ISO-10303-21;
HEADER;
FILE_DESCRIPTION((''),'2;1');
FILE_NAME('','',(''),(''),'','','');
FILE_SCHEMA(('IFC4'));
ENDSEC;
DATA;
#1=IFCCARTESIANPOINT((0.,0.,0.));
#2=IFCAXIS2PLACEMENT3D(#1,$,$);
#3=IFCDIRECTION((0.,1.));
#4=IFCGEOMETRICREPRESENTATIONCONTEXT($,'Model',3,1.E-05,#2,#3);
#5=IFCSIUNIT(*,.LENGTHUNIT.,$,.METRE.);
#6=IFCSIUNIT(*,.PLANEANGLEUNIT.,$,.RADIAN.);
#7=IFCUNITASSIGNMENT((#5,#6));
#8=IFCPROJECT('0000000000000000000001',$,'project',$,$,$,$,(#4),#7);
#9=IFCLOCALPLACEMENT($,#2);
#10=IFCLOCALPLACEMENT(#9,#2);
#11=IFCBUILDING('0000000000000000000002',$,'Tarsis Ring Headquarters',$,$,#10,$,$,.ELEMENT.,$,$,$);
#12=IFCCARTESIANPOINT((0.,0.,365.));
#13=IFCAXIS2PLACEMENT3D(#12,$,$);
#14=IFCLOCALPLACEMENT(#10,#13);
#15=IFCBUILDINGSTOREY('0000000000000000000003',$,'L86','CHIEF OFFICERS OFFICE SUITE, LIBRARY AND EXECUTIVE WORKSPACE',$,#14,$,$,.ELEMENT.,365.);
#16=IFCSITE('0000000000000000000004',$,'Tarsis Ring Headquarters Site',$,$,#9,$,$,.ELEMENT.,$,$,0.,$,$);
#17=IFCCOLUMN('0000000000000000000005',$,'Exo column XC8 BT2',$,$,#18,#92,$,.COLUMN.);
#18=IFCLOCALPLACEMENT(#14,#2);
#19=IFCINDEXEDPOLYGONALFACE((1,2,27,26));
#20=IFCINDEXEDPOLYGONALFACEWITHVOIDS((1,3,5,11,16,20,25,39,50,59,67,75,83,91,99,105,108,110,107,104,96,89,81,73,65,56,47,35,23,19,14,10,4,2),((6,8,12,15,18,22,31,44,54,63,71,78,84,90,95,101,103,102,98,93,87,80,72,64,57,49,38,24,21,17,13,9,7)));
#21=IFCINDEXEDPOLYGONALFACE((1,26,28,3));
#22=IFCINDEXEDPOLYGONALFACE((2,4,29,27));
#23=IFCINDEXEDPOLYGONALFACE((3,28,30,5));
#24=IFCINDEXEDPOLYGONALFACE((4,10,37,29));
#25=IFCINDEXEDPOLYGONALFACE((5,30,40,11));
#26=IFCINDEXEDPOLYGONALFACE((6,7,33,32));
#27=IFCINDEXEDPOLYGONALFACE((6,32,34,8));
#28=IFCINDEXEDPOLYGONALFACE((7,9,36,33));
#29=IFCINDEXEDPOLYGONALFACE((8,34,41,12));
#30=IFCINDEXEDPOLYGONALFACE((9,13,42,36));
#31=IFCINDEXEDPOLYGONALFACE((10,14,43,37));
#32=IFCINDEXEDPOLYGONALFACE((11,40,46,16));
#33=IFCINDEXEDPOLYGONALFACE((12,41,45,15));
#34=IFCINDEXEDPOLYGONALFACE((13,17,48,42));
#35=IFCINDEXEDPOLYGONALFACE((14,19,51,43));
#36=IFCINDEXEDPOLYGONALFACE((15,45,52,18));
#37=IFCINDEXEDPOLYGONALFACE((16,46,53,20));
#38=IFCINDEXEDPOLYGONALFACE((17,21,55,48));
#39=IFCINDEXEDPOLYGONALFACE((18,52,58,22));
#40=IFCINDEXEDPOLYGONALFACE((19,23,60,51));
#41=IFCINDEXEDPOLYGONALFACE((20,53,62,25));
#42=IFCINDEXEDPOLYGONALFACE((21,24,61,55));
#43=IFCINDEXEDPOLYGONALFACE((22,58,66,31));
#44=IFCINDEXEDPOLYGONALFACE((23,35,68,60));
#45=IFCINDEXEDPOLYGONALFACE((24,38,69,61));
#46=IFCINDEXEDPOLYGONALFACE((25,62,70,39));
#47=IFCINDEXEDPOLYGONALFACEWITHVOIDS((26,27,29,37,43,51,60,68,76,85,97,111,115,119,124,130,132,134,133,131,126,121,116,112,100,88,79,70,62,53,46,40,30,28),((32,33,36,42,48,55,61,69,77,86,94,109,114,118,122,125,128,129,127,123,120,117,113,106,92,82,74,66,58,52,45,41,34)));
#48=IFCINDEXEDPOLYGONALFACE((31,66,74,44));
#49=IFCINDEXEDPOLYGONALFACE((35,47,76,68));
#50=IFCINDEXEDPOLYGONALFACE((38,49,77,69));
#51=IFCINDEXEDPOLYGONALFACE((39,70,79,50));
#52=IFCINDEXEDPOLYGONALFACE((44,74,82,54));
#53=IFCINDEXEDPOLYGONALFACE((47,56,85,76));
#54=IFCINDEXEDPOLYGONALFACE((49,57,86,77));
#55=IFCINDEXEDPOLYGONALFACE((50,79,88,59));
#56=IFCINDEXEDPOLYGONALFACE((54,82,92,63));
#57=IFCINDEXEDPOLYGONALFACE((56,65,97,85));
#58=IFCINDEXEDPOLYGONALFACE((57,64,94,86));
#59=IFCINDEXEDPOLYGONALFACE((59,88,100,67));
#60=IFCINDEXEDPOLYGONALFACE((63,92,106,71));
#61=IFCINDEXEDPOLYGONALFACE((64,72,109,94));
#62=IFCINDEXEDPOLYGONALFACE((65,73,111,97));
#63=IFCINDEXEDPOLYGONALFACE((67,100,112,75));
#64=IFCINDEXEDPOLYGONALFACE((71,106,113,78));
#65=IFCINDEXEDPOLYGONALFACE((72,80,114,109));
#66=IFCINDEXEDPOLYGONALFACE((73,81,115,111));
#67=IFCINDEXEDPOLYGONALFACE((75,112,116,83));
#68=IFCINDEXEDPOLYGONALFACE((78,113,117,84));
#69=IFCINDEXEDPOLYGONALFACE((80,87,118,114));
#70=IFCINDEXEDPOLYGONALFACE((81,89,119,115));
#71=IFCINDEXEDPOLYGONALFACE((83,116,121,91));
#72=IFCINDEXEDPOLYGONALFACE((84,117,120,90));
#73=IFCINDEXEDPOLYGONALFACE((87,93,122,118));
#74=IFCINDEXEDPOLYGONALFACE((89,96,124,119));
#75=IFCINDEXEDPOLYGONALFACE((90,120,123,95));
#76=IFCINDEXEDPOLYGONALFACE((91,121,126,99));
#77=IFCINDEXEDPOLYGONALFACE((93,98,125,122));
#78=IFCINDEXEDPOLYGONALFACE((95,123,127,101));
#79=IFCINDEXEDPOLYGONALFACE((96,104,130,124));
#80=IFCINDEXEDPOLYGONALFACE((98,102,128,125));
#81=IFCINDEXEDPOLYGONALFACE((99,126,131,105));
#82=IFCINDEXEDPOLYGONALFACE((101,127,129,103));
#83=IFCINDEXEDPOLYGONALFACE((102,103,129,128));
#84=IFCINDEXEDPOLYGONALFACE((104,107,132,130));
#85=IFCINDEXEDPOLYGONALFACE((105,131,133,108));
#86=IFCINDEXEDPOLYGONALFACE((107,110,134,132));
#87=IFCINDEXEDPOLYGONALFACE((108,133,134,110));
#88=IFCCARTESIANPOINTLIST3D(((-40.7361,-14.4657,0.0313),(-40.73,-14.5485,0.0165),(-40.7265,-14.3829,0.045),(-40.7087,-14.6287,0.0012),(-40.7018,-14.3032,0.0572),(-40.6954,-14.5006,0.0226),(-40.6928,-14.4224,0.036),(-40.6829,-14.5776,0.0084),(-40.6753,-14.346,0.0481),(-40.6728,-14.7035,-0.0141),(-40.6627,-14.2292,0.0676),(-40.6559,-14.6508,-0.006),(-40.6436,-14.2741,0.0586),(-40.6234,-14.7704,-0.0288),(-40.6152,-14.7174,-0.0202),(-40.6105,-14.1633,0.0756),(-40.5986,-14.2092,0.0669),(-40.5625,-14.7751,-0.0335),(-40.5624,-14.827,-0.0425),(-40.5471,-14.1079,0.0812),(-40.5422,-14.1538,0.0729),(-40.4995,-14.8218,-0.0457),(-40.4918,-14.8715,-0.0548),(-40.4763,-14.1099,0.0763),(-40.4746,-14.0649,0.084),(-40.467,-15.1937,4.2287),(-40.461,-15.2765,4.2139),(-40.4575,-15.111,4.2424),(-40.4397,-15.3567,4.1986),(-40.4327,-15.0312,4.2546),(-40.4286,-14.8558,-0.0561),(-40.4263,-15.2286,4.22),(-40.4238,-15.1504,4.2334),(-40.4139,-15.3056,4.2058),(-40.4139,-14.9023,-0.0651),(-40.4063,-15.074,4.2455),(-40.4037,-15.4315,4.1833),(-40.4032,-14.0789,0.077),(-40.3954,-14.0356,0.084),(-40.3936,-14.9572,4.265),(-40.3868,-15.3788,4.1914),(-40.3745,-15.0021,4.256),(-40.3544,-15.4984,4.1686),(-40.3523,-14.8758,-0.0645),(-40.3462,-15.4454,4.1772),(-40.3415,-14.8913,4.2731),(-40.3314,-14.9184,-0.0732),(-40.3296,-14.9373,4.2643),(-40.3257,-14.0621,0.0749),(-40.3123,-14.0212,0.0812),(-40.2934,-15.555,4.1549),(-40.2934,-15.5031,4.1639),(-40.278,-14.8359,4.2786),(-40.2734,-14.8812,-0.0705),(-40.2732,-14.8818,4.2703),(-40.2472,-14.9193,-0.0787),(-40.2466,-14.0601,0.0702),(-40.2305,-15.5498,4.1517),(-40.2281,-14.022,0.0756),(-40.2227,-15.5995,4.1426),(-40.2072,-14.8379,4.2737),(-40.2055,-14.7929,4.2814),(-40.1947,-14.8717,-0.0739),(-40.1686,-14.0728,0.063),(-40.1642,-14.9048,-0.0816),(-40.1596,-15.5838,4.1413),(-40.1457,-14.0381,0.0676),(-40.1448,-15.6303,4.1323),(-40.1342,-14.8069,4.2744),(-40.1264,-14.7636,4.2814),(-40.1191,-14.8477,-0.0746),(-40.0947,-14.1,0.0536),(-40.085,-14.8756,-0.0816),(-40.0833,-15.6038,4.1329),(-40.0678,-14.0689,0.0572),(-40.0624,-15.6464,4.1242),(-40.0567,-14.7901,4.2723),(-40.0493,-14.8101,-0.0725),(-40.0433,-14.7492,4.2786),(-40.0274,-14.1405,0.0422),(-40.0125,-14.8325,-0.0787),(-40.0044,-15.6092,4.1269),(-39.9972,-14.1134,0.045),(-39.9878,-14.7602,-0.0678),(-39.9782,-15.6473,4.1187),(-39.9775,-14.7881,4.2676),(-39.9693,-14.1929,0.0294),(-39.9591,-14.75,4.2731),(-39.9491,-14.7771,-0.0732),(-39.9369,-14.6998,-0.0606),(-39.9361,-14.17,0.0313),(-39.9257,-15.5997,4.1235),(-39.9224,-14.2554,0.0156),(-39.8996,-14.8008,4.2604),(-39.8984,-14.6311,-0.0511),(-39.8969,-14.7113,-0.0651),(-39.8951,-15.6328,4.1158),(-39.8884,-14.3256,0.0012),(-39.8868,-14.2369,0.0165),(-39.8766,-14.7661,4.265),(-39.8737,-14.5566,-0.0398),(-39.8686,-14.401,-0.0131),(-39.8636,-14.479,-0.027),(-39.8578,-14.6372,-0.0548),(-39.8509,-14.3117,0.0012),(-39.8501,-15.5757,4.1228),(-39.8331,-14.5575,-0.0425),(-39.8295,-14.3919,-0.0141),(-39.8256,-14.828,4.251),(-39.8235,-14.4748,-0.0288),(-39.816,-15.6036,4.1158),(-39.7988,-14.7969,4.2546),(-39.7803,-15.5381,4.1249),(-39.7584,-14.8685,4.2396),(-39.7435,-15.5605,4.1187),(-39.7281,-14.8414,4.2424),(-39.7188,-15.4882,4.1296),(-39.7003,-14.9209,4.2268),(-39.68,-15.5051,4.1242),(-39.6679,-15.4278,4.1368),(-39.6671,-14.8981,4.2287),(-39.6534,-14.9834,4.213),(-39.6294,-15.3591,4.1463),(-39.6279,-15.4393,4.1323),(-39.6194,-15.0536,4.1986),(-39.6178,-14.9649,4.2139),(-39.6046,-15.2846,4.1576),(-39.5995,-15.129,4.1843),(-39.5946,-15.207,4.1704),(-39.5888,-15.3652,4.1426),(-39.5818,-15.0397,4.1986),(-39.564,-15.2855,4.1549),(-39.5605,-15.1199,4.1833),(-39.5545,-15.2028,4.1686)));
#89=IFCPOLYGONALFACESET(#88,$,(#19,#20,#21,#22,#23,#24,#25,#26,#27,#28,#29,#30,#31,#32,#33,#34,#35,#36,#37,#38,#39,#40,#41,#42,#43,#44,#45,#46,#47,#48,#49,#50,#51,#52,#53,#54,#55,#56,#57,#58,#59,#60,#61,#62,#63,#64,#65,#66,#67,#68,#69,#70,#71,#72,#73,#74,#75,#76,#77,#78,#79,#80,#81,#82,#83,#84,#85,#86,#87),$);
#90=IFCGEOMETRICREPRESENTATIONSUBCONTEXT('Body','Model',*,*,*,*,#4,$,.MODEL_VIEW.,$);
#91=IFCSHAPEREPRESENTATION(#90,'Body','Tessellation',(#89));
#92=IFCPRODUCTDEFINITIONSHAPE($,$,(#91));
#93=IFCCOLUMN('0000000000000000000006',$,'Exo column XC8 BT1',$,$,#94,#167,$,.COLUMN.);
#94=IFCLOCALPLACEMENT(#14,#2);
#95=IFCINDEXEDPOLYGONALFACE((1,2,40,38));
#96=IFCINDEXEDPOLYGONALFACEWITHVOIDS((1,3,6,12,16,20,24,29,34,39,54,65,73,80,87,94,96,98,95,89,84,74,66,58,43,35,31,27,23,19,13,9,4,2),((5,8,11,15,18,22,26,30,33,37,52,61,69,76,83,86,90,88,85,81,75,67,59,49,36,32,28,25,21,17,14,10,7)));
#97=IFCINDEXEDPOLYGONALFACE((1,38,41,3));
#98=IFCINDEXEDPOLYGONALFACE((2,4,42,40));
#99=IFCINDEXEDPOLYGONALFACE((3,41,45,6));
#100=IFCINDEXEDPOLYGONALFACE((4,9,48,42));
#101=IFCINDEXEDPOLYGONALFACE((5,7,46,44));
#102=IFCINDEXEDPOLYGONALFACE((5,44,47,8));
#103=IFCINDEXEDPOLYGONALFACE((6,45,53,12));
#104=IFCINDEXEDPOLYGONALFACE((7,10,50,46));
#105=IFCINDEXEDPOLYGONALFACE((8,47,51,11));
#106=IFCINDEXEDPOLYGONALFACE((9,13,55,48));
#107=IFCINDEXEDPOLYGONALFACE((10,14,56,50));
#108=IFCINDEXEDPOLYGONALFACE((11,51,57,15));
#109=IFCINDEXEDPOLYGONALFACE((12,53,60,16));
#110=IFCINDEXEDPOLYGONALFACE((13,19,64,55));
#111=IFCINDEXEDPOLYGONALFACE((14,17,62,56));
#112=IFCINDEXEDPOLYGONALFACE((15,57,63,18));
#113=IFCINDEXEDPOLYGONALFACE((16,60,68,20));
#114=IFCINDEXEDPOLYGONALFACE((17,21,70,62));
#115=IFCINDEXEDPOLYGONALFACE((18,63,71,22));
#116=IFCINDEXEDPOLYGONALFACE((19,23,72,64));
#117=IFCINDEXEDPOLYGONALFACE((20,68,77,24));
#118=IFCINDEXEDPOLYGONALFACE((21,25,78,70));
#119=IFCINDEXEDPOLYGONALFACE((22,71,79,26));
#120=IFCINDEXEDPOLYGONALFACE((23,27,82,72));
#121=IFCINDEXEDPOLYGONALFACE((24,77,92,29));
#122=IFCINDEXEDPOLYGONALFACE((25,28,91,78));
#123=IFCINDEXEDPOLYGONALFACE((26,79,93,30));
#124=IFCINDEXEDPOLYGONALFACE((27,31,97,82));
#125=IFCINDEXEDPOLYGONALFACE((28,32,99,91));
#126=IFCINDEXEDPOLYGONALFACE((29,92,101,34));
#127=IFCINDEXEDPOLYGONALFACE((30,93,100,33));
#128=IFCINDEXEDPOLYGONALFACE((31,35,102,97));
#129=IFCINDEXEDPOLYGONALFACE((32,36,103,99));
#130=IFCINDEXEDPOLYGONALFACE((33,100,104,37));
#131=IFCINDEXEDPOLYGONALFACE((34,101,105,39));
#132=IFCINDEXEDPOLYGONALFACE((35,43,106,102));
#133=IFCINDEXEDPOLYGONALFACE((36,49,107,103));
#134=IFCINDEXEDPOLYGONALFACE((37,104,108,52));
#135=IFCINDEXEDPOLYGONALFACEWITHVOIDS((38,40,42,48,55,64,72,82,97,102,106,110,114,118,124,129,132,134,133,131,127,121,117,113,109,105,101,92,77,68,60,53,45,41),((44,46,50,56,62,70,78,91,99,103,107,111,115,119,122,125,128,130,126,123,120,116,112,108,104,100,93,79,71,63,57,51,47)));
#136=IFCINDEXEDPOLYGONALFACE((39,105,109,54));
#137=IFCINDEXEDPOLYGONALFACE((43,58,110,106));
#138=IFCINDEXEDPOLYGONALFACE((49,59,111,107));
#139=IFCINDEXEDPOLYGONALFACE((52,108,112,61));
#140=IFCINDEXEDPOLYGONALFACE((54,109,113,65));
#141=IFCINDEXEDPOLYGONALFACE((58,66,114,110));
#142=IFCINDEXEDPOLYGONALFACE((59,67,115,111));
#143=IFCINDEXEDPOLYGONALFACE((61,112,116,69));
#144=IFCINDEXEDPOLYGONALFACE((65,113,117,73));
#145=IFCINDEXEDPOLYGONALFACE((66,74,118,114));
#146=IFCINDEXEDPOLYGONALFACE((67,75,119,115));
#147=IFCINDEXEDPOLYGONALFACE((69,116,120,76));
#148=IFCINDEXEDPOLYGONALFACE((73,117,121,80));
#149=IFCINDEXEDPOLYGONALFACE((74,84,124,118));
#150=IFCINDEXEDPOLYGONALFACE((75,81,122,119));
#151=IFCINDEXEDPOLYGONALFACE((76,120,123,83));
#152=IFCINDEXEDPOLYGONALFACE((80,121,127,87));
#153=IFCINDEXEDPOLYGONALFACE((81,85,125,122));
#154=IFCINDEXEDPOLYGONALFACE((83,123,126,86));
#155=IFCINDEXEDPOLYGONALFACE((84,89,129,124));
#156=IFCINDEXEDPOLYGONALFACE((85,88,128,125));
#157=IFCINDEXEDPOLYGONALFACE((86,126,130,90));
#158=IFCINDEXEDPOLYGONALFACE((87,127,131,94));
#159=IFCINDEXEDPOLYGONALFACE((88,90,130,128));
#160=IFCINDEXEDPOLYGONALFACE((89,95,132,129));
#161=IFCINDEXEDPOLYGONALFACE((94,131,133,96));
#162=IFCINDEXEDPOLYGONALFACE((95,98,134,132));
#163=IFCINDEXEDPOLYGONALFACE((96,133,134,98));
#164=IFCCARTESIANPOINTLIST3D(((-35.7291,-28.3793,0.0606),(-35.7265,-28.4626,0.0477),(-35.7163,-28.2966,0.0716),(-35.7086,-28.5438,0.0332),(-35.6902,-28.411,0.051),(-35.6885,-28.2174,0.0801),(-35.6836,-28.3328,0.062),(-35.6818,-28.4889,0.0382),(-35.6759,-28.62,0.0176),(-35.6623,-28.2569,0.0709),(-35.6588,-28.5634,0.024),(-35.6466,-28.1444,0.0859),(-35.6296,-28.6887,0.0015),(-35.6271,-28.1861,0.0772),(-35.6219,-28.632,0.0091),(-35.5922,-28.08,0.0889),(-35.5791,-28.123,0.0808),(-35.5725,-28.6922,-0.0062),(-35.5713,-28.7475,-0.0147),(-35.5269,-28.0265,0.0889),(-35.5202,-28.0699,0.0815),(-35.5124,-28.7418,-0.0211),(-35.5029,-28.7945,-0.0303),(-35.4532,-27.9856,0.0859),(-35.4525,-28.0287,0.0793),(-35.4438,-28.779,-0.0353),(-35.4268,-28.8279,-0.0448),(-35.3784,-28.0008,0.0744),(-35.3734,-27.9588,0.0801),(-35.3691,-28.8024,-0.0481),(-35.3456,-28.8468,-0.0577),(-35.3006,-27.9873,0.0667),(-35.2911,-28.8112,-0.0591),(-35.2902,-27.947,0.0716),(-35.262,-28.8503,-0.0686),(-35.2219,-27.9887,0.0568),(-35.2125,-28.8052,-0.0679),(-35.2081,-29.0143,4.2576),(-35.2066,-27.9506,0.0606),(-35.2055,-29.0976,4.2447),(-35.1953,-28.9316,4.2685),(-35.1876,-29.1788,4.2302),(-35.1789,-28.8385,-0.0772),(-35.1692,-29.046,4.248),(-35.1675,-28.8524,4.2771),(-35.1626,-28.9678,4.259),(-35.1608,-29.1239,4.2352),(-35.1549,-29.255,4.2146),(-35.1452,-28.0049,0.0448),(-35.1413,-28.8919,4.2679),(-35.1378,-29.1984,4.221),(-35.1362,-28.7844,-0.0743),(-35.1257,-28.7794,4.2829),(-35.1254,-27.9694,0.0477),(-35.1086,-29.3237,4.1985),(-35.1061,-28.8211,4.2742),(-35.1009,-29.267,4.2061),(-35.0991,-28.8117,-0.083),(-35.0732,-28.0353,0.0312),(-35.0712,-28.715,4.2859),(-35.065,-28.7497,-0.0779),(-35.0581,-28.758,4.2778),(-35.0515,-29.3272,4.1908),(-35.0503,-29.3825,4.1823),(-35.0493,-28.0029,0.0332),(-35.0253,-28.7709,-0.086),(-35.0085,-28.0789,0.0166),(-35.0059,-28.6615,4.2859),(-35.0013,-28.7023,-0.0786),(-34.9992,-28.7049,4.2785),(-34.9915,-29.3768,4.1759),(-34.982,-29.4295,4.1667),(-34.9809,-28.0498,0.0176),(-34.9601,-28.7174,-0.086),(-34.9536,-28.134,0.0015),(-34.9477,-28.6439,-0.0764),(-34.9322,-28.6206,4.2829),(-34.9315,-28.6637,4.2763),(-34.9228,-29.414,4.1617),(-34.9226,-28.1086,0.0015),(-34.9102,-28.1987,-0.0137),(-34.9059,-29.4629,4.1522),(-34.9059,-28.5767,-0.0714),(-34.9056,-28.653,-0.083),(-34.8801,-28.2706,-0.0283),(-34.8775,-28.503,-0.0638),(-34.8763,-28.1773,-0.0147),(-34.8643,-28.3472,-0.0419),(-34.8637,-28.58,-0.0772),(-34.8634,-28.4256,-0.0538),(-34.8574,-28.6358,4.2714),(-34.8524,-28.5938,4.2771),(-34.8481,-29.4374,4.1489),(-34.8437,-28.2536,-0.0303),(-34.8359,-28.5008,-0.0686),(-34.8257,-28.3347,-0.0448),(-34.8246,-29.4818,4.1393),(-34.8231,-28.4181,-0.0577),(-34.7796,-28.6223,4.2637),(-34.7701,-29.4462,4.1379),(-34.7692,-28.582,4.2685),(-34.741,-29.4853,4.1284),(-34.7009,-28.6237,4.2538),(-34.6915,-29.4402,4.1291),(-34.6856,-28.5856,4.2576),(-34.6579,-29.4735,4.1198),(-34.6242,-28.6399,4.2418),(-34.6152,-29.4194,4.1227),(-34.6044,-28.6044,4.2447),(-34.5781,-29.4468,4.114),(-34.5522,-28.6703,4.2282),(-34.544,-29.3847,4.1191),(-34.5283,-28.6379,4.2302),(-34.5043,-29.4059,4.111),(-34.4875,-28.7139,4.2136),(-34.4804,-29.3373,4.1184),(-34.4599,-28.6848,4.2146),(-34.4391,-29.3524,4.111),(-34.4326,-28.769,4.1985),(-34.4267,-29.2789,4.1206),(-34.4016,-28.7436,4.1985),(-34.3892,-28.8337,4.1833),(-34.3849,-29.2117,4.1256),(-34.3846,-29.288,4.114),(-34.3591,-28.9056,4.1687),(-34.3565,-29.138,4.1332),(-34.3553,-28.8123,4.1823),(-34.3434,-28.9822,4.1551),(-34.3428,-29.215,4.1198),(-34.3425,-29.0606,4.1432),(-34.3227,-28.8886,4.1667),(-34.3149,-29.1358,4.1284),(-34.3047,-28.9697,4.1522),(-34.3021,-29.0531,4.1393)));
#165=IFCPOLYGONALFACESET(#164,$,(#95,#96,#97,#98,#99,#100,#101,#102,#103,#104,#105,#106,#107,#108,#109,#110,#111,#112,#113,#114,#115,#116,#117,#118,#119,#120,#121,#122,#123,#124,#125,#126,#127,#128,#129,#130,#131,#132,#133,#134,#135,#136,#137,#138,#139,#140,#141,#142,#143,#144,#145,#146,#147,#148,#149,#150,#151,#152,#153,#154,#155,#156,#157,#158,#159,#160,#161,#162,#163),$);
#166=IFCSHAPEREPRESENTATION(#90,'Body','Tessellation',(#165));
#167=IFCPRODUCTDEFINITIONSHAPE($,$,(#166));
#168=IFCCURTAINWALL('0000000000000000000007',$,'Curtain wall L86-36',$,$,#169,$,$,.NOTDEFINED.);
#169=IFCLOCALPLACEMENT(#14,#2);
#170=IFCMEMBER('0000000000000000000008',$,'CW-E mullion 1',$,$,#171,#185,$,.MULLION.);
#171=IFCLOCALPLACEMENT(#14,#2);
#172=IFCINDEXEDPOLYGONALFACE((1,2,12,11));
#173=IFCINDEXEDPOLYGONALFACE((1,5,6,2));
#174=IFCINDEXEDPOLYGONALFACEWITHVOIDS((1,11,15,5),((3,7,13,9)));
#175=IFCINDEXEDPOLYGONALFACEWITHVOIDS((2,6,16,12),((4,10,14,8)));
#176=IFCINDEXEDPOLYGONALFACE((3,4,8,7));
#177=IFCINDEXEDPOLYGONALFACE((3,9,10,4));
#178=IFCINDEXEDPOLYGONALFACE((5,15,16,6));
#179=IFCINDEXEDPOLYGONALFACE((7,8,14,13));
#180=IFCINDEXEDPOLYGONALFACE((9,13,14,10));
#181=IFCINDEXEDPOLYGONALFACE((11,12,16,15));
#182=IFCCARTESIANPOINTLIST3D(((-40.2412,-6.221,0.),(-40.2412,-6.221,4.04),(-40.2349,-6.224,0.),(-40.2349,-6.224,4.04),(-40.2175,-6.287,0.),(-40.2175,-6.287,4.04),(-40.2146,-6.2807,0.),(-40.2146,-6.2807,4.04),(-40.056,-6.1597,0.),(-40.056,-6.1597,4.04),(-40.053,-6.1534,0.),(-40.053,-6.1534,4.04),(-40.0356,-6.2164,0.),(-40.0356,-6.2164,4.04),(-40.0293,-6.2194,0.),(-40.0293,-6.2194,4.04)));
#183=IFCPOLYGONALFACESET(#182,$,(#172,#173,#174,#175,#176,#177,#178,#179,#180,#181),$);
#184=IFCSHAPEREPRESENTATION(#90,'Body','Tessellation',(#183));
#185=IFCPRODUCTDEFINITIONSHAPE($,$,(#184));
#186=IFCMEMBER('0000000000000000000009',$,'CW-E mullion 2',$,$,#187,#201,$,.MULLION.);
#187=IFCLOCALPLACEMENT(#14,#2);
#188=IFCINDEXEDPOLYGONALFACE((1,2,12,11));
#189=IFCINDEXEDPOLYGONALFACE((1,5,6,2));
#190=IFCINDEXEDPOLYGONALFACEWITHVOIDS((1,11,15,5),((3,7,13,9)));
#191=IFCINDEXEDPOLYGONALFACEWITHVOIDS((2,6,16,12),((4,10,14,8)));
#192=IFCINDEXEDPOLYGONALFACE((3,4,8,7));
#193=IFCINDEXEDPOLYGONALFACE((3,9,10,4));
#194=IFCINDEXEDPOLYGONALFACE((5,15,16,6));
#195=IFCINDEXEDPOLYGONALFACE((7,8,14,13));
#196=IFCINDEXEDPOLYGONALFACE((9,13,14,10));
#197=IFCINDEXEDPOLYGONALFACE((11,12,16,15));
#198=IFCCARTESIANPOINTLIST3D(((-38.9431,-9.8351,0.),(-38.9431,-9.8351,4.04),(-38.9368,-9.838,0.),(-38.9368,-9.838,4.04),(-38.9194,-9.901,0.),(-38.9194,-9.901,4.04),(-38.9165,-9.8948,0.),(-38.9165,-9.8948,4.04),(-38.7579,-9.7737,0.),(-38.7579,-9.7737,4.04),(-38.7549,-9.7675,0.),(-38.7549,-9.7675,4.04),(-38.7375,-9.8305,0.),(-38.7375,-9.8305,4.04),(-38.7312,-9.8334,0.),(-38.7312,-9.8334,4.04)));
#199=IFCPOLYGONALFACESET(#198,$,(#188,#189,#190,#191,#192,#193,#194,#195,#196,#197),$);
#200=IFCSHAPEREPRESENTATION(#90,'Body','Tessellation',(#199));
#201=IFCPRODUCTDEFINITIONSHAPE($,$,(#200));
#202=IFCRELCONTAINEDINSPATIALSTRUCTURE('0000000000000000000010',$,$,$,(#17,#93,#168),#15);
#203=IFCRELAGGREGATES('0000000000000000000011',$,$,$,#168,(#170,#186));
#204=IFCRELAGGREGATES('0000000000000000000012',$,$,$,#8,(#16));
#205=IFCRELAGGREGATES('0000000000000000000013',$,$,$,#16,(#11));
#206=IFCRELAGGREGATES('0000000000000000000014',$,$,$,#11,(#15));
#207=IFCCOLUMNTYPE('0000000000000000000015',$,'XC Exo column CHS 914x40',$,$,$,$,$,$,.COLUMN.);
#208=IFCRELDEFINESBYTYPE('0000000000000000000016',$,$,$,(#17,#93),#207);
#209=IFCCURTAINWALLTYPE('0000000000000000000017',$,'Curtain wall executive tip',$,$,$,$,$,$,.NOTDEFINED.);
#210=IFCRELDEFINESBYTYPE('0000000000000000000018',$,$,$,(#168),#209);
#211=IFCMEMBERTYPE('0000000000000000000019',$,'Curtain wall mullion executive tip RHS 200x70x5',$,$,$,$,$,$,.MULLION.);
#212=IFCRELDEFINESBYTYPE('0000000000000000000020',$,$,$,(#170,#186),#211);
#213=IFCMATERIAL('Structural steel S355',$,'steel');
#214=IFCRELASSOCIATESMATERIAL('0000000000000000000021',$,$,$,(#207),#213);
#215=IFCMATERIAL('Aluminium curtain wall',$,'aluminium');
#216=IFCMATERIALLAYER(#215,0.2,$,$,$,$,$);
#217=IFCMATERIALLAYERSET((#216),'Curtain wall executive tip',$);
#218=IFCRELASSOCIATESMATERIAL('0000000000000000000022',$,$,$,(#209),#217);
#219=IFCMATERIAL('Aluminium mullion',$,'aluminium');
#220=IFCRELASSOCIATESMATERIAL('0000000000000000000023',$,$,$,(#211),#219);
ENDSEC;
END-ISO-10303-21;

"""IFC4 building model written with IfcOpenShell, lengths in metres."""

from ifc_helpers import new_model, si_unit, direction, frame, origin, origin_2d, place, context, subcontext, project, spatial, hollow_rectangle, hollow_circle, extrude, material, layer, layer_set, material_profile, profile_set, type_object, element, aggregate, save


model = new_model("IFC4")

# Units and contexts
model_context = context("Model", 3, precision=1e-05, world=origin(), true_north=direction((0.0, 1.0)))
body_context = subcontext(model_context, "Body", "Model", "MODEL_VIEW")
ifc_project = project(units=[si_unit("LENGTHUNIT", "METRE"), si_unit("PLANEANGLEUNIT", "RADIAN")], contexts=[model_context])

# Site, building, storey
site_placement = place(None, origin())
site = spatial("IfcSite", under=ifc_project, at=site_placement, Name="Tarsis Ring Headquarters Site", CompositionType="ELEMENT", RefElevation=0.0)
building_placement = place(site_placement, origin())
building = spatial("IfcBuilding", under=site, at=building_placement, Name="Tarsis Ring Headquarters", CompositionType="ELEMENT")
storey_placement = place(building_placement, frame((0.0, 0.0, 365.0)))
storey = spatial("IfcBuildingStorey", under=building, at=storey_placement, Name="L86", Description="CHIEF OFFICERS OFFICE SUITE, LIBRARY AND EXECUTIVE WORKSPACE", CompositionType="ELEMENT", Elevation=365.0)

# Columns
ifc_material_1 = material(Name="Structural steel S355", Category="steel")
ifc_material_profile_1 = material_profile(ifc_material_1, hollow_circle(Radius=0.457, WallThickness=0.04, at=origin_2d()), Name="CHS 914x40")
ifc_profile_set_1 = profile_set([ifc_material_profile_1], Name="Structural steel S355")
column_type = type_object("IfcColumnType", Name="XC Exo column CHS 914x40", PredefinedType="COLUMN", material=ifc_profile_set_1)
column_1_placement = place(storey_placement, frame((-40.2798, -14.4702, 0.0012), z_axis=(0.063027, -0.170552, 0.983331), x_axis=(0.937999, 0.346638, 0.0)))
element("IfcColumn", 1, at=column_1_placement, inside=storey, type_object=column_type, Name="Exo column XC8 BT2", PredefinedType="COLUMN", context=body_context, shape_type="SweptSolid", body=[
    extrude(hollow_circle(Radius=0.4573, WallThickness=0.04, at=origin_2d()), origin(), (0.0, 0.0, 1.0), 4.2686),
])
column_2_placement = place(storey_placement, frame((-35.2761, -28.3987, 0.0015), z_axis=(0.121824, -0.148483, 0.981383), x_axis=(0.773096, 0.634289, 0.0)))
element("IfcColumn", 2, at=column_2_placement, inside=storey, type_object=column_type, Name="Exo column XC8 BT1", PredefinedType="COLUMN", context=body_context, shape_type="SweptSolid", body=[
    extrude(hollow_circle(Radius=0.4573, WallThickness=0.04, at=origin_2d()), origin(), (0.0, 0.0, 1.0), 4.2766),
])

# Curtain wall, members
ifc_material_2 = material(Name="Aluminium curtain wall", Category="aluminium")
ifc_layer_1 = layer(ifc_material_2, 0.2)
ifc_layer_set_1 = layer_set([ifc_layer_1], Name="Curtain wall executive tip")
curtain_wall_type = type_object("IfcCurtainWallType", Name="Curtain wall executive tip", PredefinedType="NOTDEFINED", material=ifc_layer_set_1)
curtain_wall_placement = place(storey_placement, origin())
curtain_wall = element("IfcCurtainWall", 3, at=curtain_wall_placement, inside=storey, type_object=curtain_wall_type, Name="Curtain wall L86-36", PredefinedType="NOTDEFINED")
ifc_material_3 = material(Name="Aluminium mullion", Category="aluminium")
ifc_material_profile_2 = material_profile(ifc_material_3, hollow_rectangle(XDim=0.2, YDim=0.0701, WallThickness=0.0049, at=origin_2d()), Name="RHS 200x70x5")
ifc_profile_set_2 = profile_set([ifc_material_profile_2], Name="Aluminium mullion")
member_type_1 = type_object("IfcMemberType", Name="Curtain wall mullion executive tip RHS 200x70x5", PredefinedType="MULLION", material=ifc_profile_set_2)
member_1_placement = place(storey_placement, frame((-40.1353, -6.2202, 0.0), z_axis=(0.0, 0.0, 1.0), x_axis=(0.941117, 0.338081, 0.0)))
member_1 = element("IfcMember", 4, at=member_1_placement, type_object=member_type_1, Name="CW-E mullion 1", PredefinedType="MULLION", context=body_context, shape_type="SweptSolid", body=[
    extrude(hollow_rectangle(XDim=0.2, YDim=0.0701, WallThickness=0.0049, at=origin_2d()), origin(), (0.0, 0.0, 1.0), 4.04),
])
member_2_placement = place(storey_placement, frame((-38.8372, -9.8342, 0.0), z_axis=(0.0, 0.0, 1.0), x_axis=(0.941117, 0.338081, 0.0)))
member_2 = element("IfcMember", 5, at=member_2_placement, type_object=member_type_1, Name="CW-E mullion 2", PredefinedType="MULLION", context=body_context, shape_type="SweptSolid", body=[
    extrude(hollow_rectangle(XDim=0.2, YDim=0.0701, WallThickness=0.0049, at=origin_2d()), origin(), (0.0, 0.0, 1.0), 4.04),
])

aggregate(curtain_wall, [member_1, member_2])

save(model, "model.ifc")
